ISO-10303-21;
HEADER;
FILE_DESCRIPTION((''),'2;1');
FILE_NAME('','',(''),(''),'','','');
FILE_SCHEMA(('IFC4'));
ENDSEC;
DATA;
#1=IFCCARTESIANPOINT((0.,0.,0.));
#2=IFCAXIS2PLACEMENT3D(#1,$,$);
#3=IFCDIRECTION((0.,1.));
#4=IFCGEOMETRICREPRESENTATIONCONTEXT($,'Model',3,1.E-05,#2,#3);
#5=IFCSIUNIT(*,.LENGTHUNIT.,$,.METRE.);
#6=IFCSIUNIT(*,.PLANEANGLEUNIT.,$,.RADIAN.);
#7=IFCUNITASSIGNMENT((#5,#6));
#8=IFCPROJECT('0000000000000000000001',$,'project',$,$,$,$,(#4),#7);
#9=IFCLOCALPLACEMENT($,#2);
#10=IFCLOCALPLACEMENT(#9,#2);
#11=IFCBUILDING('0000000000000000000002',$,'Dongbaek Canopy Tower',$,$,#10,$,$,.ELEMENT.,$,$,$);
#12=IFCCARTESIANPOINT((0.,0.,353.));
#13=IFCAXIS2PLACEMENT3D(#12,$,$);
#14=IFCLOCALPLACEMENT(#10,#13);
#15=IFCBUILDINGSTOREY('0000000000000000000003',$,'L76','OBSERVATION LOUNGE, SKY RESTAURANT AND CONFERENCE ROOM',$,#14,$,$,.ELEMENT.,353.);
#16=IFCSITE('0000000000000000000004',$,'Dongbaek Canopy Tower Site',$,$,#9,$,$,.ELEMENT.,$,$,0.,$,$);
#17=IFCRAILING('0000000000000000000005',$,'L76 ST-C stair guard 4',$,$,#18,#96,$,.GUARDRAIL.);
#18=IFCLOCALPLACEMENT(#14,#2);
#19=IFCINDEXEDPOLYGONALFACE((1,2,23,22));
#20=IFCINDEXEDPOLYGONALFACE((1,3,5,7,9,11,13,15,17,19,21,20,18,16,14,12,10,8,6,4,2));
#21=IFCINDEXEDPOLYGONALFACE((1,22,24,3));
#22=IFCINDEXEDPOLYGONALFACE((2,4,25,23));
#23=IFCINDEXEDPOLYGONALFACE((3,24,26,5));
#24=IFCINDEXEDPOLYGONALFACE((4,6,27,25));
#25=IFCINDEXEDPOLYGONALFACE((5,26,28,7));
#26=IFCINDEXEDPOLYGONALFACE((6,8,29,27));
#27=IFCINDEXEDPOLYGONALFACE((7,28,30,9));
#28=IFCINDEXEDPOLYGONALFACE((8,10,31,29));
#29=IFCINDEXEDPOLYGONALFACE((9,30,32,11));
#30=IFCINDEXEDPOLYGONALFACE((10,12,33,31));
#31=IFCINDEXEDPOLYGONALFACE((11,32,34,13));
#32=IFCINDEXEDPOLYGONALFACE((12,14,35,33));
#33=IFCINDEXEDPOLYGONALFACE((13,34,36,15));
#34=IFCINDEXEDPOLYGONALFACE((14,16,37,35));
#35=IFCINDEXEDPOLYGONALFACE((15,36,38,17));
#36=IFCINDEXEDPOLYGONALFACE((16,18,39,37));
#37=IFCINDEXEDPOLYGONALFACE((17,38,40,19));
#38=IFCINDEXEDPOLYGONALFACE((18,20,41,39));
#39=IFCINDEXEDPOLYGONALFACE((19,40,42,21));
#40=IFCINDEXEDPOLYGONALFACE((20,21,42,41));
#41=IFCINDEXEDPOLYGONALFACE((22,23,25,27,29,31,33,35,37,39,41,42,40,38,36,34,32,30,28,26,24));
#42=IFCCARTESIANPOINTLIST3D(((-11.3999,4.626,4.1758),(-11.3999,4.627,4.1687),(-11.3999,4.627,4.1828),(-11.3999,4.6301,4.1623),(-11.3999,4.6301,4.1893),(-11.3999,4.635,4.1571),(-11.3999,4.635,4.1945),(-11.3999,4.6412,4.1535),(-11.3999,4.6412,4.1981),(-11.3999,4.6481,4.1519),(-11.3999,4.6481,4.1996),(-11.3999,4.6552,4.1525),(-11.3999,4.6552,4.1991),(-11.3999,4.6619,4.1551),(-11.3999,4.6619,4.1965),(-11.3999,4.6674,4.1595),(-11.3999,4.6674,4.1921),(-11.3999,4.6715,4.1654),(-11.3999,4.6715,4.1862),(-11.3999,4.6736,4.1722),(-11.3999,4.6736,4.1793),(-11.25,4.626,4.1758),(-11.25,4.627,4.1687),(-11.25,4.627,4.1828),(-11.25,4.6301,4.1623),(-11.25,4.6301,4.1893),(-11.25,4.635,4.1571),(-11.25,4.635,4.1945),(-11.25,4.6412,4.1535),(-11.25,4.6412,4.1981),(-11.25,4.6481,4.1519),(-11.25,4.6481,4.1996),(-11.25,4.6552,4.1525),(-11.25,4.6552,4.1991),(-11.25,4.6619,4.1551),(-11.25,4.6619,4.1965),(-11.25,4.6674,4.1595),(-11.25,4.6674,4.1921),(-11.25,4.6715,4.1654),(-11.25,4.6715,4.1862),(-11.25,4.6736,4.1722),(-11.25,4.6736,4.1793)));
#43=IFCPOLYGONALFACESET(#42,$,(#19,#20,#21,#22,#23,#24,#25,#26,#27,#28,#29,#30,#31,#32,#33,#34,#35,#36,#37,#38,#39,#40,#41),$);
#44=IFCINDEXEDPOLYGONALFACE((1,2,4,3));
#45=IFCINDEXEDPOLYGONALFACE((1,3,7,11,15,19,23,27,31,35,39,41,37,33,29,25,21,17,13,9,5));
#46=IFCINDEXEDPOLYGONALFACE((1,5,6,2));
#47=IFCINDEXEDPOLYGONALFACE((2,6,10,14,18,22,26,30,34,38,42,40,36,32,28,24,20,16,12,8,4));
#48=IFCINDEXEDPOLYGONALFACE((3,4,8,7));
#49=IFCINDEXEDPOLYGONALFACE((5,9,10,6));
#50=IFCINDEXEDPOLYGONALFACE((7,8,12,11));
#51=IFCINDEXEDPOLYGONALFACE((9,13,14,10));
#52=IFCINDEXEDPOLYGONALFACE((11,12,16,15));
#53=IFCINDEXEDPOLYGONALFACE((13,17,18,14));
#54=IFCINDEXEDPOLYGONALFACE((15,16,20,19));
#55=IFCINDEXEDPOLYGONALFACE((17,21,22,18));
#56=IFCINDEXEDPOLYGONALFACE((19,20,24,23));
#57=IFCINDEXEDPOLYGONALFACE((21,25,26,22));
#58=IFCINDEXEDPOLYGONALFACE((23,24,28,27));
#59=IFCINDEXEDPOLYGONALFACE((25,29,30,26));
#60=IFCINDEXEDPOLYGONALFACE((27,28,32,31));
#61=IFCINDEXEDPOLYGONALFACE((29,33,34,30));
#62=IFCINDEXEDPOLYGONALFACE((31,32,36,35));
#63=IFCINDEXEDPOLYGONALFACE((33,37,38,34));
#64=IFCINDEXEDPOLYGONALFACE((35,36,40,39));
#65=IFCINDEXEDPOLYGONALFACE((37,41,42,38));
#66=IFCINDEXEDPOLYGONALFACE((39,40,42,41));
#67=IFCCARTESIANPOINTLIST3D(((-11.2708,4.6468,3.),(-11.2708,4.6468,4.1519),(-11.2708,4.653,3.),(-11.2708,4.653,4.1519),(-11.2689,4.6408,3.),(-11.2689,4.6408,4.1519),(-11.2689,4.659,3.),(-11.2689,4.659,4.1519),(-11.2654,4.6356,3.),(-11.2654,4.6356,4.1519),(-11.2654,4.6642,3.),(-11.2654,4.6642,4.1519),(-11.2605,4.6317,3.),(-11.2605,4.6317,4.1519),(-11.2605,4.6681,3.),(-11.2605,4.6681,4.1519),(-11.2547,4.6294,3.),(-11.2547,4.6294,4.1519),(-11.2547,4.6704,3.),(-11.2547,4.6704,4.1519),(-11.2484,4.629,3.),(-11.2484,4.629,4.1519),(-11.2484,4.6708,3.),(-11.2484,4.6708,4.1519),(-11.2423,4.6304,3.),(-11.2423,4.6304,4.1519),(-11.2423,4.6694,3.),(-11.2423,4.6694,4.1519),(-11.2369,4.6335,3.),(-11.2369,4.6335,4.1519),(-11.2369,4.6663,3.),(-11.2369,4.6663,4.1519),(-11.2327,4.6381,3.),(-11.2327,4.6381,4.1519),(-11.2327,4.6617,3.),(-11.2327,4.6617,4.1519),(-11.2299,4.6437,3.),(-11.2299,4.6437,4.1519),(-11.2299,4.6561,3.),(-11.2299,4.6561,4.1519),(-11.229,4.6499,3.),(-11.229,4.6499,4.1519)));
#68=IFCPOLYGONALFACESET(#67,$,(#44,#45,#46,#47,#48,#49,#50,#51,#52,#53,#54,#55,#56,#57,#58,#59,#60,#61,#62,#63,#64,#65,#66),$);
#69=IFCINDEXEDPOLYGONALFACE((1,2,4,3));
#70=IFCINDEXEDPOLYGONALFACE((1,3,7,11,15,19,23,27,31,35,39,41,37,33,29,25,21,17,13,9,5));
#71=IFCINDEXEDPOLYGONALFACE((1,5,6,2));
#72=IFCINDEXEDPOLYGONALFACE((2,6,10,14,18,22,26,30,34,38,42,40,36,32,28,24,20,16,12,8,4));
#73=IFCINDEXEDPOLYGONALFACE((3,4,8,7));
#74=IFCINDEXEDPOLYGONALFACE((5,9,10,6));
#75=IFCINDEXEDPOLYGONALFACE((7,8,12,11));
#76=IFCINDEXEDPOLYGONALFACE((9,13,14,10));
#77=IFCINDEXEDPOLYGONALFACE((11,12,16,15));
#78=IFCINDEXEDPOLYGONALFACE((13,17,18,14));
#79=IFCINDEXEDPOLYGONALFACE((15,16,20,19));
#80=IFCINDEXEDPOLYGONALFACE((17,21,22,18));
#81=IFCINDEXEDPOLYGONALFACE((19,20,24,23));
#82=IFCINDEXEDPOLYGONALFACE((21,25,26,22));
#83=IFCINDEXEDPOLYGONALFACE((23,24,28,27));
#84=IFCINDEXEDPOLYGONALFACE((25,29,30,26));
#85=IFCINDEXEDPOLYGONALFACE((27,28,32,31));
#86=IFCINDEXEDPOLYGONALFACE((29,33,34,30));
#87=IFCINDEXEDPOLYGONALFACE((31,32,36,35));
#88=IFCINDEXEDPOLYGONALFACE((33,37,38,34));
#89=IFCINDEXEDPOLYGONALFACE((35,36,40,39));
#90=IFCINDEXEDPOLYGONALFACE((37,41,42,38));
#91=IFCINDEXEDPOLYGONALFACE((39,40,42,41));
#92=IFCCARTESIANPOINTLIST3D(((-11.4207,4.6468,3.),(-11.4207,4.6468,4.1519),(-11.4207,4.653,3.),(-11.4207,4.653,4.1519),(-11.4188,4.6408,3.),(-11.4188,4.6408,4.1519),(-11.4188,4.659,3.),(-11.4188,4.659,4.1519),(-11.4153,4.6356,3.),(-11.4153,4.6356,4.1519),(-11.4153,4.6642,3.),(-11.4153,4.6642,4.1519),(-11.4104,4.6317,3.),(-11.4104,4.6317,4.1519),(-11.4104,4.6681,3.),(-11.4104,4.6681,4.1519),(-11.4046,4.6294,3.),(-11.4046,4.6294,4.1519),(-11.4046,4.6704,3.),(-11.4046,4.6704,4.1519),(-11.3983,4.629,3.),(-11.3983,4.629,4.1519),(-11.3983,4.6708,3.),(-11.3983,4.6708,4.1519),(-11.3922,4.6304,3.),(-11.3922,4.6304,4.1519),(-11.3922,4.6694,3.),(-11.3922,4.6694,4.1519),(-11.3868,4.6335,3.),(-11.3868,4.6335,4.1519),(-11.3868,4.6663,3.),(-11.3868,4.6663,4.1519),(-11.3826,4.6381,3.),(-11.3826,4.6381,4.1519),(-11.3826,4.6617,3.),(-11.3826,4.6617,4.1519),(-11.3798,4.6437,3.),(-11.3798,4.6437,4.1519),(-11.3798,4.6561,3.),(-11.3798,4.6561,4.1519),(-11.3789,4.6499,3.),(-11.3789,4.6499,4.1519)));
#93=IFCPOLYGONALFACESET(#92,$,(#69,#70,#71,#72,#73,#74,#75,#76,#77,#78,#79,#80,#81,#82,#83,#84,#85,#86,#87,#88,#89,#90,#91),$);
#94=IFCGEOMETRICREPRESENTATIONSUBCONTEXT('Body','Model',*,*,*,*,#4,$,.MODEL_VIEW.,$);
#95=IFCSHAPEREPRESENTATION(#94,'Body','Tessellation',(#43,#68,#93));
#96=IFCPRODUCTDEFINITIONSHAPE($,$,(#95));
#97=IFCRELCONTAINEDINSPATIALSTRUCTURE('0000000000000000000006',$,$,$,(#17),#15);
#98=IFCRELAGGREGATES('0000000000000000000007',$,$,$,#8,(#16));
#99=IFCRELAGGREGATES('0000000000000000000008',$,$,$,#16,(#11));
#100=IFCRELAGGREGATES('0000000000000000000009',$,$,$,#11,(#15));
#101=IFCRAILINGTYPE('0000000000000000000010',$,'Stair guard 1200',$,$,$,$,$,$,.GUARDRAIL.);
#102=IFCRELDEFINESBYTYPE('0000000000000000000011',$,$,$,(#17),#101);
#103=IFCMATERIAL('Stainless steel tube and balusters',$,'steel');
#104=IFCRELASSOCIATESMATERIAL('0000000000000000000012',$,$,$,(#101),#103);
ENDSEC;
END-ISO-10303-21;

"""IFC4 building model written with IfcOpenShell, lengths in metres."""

from ifc_helpers import new_model, si_unit, direction, frame, origin, origin_2d, place, context, subcontext, project, spatial, circle, extrude, material, type_object, element, save


model = new_model("IFC4")

# Units and contexts
model_context = context("Model", 3, precision=1e-05, world=origin(), true_north=direction((0.0, 1.0)))
body_context = subcontext(model_context, "Body", "Model", "MODEL_VIEW")
ifc_project = project(units=[si_unit("LENGTHUNIT", "METRE"), si_unit("PLANEANGLEUNIT", "RADIAN")], contexts=[model_context])

# Site, building, storey
site_placement = place(None, origin())
site = spatial("IfcSite", under=ifc_project, at=site_placement, Name="Dongbaek Canopy Tower Site", CompositionType="ELEMENT", RefElevation=0.0)
building_placement = place(site_placement, origin())
building = spatial("IfcBuilding", under=site, at=building_placement, Name="Dongbaek Canopy Tower", CompositionType="ELEMENT")
storey_placement = place(building_placement, frame((0.0, 0.0, 353.0)))
storey = spatial("IfcBuildingStorey", under=building, at=storey_placement, Name="L76", Description="OBSERVATION LOUNGE, SKY RESTAURANT AND CONFERENCE ROOM", CompositionType="ELEMENT", Elevation=353.0)

# Railing
ifc_material_1 = material(Name="Stainless steel tube and balusters", Category="steel")
railing_type_1 = type_object("IfcRailingType", Name="Stair guard 1200", PredefinedType="GUARDRAIL", material=ifc_material_1)
railing_1_placement = place(storey_placement, frame((-11.25, 4.6499, 3.0)))
element("IfcRailing", 1, at=railing_1_placement, inside=storey, type_object=railing_type_1, Name="L76 ST-C stair guard 4", PredefinedType="GUARDRAIL", context=body_context, shape_type="SweptSolid", body=[
    extrude(circle(Radius=0.0239, at=origin_2d()), frame((0.0, 0.0, 1.1758), z_axis=(-1.0, 0.0, 0.0), x_axis=(0.0, -1.0, 0.0)), (0.0, 0.0, 1.0), 0.1499),
    extrude(circle(Radius=0.021, at=origin_2d()), origin(), (0.0, 0.0, 1.0), 1.1519),
    extrude(circle(Radius=0.021, at=origin_2d()), frame((-0.1499, 0.0, 0.0)), (0.0, 0.0, 1.0), 1.1519),
])

save(model, "model.ifc")
